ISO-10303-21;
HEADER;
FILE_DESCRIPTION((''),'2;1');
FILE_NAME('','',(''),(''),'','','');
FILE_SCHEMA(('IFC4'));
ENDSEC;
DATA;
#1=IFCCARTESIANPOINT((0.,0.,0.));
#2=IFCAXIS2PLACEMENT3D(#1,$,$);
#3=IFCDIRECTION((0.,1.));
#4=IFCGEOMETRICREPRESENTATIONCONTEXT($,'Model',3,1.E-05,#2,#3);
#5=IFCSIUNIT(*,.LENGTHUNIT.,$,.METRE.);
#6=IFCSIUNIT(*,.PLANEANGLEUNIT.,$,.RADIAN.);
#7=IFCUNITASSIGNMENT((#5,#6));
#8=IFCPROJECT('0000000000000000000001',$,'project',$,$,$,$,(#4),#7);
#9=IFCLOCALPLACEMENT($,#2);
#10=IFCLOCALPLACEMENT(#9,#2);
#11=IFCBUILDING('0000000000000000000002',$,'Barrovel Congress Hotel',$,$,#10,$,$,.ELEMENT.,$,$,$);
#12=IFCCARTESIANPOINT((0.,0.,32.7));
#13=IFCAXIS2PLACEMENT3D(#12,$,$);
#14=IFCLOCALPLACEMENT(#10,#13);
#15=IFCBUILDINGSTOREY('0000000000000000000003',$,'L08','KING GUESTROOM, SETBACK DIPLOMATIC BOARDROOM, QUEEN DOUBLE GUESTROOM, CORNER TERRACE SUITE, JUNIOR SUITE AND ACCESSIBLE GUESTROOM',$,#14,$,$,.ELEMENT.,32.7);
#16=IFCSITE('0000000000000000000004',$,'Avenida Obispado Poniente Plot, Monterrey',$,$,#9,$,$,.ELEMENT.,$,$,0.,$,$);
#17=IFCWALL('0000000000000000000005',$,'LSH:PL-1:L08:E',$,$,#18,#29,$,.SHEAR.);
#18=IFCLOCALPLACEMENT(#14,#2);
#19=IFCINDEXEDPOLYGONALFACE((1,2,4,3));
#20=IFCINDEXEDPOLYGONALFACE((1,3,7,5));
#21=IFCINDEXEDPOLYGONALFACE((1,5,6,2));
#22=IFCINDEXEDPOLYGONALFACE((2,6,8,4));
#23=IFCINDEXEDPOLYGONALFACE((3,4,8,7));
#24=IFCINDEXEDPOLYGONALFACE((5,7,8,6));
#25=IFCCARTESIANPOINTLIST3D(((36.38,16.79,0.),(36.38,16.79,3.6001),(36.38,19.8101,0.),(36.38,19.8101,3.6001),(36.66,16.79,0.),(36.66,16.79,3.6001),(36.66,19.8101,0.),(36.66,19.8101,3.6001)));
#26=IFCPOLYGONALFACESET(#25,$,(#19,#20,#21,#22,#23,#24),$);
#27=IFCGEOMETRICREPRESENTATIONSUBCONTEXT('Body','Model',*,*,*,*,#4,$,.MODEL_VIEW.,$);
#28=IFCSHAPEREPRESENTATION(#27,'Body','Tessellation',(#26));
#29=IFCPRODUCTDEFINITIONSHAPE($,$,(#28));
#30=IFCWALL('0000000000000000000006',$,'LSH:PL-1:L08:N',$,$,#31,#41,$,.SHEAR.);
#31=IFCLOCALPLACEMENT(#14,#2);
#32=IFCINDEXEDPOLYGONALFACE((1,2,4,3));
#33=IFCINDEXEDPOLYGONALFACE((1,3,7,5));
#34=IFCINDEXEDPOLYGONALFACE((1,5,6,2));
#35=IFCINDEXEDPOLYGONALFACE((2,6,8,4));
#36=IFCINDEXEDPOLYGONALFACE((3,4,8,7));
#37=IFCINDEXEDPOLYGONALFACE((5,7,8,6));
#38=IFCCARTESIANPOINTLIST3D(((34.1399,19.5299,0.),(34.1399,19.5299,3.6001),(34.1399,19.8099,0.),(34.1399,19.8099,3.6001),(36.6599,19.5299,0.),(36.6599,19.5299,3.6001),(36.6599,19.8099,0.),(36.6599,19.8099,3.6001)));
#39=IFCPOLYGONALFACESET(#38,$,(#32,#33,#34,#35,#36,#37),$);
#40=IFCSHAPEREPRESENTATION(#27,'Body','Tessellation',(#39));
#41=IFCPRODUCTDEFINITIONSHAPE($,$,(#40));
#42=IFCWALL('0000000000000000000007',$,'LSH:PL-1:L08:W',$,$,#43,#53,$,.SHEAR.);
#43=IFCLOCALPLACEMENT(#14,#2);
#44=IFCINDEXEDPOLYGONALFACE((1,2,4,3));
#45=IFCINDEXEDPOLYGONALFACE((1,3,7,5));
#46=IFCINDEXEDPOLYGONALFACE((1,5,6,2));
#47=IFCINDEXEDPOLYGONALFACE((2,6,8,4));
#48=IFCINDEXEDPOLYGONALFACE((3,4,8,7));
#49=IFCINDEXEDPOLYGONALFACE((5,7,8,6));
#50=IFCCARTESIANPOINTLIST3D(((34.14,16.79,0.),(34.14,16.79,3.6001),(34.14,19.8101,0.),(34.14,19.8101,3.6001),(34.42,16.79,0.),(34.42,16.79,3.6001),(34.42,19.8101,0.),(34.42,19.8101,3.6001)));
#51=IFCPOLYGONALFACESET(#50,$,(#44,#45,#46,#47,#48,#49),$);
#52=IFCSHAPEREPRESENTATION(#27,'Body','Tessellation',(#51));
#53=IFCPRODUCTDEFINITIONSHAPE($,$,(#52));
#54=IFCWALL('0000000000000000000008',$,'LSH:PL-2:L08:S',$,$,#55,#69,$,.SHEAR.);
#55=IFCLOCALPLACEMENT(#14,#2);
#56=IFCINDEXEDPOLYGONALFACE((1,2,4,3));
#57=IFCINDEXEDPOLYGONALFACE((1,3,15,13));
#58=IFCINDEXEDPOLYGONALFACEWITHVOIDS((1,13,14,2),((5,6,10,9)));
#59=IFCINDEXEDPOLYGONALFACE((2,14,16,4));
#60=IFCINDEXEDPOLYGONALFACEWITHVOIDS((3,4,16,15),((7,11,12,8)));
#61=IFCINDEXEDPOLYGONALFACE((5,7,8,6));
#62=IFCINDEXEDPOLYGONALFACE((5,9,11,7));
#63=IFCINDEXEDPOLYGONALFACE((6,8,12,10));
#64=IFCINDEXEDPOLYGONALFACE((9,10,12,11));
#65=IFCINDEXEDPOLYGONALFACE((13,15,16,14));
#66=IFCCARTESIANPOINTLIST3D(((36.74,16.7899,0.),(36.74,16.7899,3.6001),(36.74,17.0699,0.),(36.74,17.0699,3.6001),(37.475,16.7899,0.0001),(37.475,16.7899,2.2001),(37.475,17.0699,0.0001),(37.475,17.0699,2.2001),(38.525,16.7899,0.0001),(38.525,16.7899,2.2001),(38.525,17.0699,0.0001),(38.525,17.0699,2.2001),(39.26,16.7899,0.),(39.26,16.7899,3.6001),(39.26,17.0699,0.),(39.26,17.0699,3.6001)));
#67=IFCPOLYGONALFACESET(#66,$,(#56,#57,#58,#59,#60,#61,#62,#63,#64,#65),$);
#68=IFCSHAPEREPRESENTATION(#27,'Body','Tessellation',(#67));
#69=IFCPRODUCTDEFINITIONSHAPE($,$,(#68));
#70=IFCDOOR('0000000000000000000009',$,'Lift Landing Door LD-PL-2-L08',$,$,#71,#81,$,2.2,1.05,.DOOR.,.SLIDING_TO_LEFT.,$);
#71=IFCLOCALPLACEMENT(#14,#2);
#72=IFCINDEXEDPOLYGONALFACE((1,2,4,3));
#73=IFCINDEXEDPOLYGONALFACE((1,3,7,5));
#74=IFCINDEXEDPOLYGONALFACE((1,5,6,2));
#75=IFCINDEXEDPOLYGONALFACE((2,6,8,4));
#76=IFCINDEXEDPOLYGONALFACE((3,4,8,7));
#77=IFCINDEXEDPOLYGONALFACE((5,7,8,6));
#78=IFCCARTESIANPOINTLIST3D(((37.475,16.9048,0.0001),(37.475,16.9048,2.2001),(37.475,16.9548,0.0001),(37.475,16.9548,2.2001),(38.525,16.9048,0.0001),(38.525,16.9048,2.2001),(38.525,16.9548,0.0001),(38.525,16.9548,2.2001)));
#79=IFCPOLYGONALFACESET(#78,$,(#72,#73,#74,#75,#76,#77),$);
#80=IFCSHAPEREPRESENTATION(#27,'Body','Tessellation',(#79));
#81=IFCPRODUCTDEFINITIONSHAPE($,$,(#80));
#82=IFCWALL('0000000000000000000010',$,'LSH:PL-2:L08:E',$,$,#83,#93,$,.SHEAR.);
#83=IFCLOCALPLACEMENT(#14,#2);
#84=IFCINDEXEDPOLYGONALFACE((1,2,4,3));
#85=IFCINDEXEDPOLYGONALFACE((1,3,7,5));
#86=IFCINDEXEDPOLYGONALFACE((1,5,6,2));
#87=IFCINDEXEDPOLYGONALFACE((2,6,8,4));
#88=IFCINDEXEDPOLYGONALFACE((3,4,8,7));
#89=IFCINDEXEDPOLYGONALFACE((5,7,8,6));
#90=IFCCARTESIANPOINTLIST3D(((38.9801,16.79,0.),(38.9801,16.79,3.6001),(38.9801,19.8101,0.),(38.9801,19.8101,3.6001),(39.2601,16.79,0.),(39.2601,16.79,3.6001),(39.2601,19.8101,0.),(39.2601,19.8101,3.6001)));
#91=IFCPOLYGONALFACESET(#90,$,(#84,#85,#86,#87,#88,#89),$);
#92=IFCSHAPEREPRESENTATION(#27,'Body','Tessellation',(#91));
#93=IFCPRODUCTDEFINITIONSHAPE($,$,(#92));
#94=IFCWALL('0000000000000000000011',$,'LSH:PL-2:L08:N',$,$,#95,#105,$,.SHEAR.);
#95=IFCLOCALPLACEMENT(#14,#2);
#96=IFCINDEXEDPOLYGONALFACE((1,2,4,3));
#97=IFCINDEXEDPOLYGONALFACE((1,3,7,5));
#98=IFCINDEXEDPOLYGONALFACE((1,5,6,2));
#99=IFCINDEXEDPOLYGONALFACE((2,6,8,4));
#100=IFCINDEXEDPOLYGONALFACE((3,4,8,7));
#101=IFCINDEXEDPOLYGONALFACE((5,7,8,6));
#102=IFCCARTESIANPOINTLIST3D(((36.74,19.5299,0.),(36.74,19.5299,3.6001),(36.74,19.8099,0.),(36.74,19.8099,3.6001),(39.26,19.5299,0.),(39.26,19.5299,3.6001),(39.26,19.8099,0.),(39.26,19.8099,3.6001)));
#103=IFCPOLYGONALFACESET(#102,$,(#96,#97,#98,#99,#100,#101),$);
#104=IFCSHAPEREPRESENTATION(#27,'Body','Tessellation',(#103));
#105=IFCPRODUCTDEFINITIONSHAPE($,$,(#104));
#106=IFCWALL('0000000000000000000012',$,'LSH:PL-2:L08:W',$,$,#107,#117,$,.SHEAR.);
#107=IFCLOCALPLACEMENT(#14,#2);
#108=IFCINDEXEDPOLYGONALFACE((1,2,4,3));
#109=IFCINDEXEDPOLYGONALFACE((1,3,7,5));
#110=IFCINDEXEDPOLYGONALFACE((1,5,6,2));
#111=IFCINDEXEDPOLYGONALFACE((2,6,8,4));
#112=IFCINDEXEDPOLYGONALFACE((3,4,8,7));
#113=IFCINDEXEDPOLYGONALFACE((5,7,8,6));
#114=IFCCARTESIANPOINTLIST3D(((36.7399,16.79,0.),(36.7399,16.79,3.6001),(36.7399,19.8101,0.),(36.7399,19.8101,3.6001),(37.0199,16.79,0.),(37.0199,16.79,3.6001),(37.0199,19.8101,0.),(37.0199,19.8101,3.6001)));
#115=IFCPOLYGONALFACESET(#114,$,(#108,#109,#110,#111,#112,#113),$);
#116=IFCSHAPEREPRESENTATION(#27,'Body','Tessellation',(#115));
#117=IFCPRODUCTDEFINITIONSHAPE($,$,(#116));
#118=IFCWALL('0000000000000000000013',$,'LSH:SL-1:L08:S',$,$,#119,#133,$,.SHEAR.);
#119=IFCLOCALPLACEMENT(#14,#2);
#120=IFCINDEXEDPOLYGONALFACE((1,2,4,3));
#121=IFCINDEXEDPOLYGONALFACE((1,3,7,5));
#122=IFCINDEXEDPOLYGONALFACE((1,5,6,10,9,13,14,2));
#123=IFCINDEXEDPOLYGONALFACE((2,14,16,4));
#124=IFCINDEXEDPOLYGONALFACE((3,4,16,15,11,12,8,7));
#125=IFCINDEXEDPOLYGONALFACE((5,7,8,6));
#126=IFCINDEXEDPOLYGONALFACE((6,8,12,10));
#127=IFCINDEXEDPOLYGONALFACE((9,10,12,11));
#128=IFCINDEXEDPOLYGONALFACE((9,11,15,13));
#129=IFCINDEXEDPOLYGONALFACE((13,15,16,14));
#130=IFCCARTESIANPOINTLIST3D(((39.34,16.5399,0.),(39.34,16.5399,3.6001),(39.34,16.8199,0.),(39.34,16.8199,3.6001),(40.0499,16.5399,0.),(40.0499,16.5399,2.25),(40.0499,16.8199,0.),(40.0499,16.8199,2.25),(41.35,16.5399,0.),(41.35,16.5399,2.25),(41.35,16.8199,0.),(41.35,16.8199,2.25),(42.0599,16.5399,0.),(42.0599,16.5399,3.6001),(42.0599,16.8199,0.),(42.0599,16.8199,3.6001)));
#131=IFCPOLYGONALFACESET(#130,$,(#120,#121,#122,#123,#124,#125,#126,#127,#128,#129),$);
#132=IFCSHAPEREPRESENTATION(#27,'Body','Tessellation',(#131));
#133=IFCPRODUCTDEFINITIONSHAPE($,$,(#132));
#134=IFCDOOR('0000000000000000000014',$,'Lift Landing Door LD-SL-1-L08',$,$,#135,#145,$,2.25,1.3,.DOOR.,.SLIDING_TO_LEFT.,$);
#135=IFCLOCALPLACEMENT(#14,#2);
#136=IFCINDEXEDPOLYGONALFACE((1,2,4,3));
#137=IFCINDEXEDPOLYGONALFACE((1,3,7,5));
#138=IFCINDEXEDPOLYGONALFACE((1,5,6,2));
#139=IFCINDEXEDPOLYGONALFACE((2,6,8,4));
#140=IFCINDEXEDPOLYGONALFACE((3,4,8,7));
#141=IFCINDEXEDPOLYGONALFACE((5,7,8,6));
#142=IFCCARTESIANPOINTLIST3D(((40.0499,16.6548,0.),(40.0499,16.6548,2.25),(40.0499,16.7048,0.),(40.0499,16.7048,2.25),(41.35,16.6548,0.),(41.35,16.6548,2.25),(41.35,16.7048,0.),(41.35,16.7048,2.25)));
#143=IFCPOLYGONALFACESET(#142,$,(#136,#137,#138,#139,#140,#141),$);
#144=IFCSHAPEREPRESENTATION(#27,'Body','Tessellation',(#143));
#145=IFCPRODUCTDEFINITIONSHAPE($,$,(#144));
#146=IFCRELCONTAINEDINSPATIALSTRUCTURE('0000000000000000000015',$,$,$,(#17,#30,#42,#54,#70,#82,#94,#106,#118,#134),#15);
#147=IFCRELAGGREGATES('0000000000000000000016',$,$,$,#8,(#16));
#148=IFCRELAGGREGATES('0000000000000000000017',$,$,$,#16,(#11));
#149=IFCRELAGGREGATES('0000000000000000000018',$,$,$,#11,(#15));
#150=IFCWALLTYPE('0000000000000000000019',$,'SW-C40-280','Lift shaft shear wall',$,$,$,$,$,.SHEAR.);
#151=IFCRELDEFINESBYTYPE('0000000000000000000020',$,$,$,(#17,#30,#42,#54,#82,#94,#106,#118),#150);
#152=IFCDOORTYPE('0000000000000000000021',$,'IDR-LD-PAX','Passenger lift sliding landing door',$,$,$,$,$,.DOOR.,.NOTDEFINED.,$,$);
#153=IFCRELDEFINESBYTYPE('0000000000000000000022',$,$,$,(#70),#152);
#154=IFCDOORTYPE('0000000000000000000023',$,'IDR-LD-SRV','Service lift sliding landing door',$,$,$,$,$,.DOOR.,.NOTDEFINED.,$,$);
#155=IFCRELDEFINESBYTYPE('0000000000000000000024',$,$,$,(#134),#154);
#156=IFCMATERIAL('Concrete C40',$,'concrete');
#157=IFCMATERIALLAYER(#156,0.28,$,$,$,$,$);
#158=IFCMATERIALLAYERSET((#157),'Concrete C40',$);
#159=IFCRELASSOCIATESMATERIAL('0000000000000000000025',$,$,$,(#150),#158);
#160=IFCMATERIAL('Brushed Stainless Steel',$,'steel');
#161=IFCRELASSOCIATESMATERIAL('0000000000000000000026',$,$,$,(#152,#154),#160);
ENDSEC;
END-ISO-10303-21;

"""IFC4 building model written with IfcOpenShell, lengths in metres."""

from ifc_helpers import new_model, si_unit, direction, frame, frame_2d, origin, place, context, subcontext, project, spatial, rectangle, extrude, material, layer, layer_set, type_object, element, fill, save


model = new_model("IFC4")

# Units and contexts
model_context = context("Model", 3, precision=1e-05, world=origin(), true_north=direction((0.0, 1.0)))
body_context = subcontext(model_context, "Body", "Model", "MODEL_VIEW")
ifc_project = project(units=[si_unit("LENGTHUNIT", "METRE"), si_unit("PLANEANGLEUNIT", "RADIAN")], contexts=[model_context])

# Site, building, storey
site_placement = place(None, origin())
site = spatial("IfcSite", under=ifc_project, at=site_placement, Name="Avenida Obispado Poniente Plot, Monterrey", CompositionType="ELEMENT", RefElevation=0.0)
building_placement = place(site_placement, origin())
building = spatial("IfcBuilding", under=site, at=building_placement, Name="Barrovel Congress Hotel", CompositionType="ELEMENT")
storey_placement = place(building_placement, frame((0.0, 0.0, 32.7)))
storey = spatial("IfcBuildingStorey", under=building, at=storey_placement, Name="L08", Description="KING GUESTROOM, SETBACK DIPLOMATIC BOARDROOM, QUEEN DOUBLE GUESTROOM, CORNER TERRACE SUITE, JUNIOR SUITE AND ACCESSIBLE GUESTROOM", CompositionType="ELEMENT", Elevation=32.7)

# Shared definitions
ifc_material_1 = material(Name="Concrete C40", Category="concrete")

# Shared definitions
ifc_layer_1 = layer(ifc_material_1, 0.28)
ifc_layer_set_1 = layer_set([ifc_layer_1], Name="Concrete C40")
wall_type_1 = type_object("IfcWallType", Name="SW-C40-280", Description="Lift shaft shear wall", PredefinedType="SHEAR", material=ifc_layer_set_1)
ifc_material_2 = material(Name="Brushed Stainless Steel", Category="steel")
door_type_1 = type_object("IfcDoorType", Name="IDR-LD-PAX", Description="Passenger lift sliding landing door", OperationType="NOTDEFINED", PredefinedType="DOOR", material=ifc_material_2)

# Walls
wall_1_placement = place(storey_placement, frame((36.52, 16.79, 0.0), z_axis=(0.0, 0.0, 1.0), x_axis=(0.0, 1.0, 0.0)))
element("IfcWall", 1, at=wall_1_placement, inside=storey, type_object=wall_type_1, Name="LSH:PL-1:L08:E", PredefinedType="SHEAR", context=body_context, shape_type="SweptSolid", body=[
    extrude(rectangle(XDim=3.02, YDim=0.28, at=frame_2d((1.51, 0.0))), origin(), (0.0, 0.0, 1.0), 3.6001),
])
wall_2_placement = place(storey_placement, frame((36.6599, 19.6699, 0.0), z_axis=(0.0, 0.0, 1.0), x_axis=(-1.0, 0.0, 0.0)))
element("IfcWall", 2, at=wall_2_placement, inside=storey, type_object=wall_type_1, Name="LSH:PL-1:L08:N", PredefinedType="SHEAR", context=body_context, shape_type="SweptSolid", body=[
    extrude(rectangle(XDim=2.52, YDim=0.28, at=frame_2d((1.26, 0.0))), origin(), (0.0, 0.0, 1.0), 3.6001),
])
wall_3_placement = place(storey_placement, frame((34.28, 19.8101, 0.0), z_axis=(0.0, 0.0, 1.0), x_axis=(0.0, -1.0, 0.0)))
element("IfcWall", 3, at=wall_3_placement, inside=storey, type_object=wall_type_1, Name="LSH:PL-1:L08:W", PredefinedType="SHEAR", context=body_context, shape_type="SweptSolid", body=[
    extrude(rectangle(XDim=3.02, YDim=0.28, at=frame_2d((1.51, 0.0))), origin(), (0.0, 0.0, 1.0), 3.6001),
])

# Wall, opening, door
wall_4_placement = place(storey_placement, frame((36.74, 16.9299, 0.0), z_axis=(0.0, 0.0, 1.0), x_axis=(1.0, 0.0, 0.0)))
wall_4 = element("IfcWall", 4, at=wall_4_placement, inside=storey, type_object=wall_type_1, Name="LSH:PL-2:L08:S", PredefinedType="SHEAR", context=body_context, shape_type="SweptSolid", body=[
    extrude(rectangle(XDim=2.52, YDim=0.28, at=frame_2d((1.26, 0.0))), origin(), (0.0, 0.0, 1.0), 3.6001),
])
opening_1_placement = place(wall_4_placement, frame((0.7351, 0.0, 0.0)))
opening_1 = element("IfcOpeningElement", 5, at=opening_1_placement, cuts=wall_4, PredefinedType="OPENING", context=body_context, shape_type="SweptSolid", body=[
    extrude(rectangle(XDim=1.05, YDim=2.2, at=frame_2d((0.5249, 1.1001))), frame((0.0, 0.1499, 0.0), z_axis=(0.0, -1.0, 0.0), x_axis=(1.0, 0.0, 0.0)), (0.0, 0.0, 1.0), 0.3),
])
door_1_placement = place(opening_1_placement, origin())
door_1 = element("IfcDoor", 6, at=door_1_placement, inside=storey, type_object=door_type_1, Name="Lift Landing Door LD-PL-2-L08", OperationType="SLIDING_TO_LEFT", OverallHeight=2.2, OverallWidth=1.05, PredefinedType="DOOR", context=body_context, shape_type="SweptSolid", body=[
    extrude(rectangle(XDim=1.05, YDim=2.2, at=frame_2d((0.5249, 1.1001))), frame((0.0, 0.0249, 0.0), z_axis=(0.0, -1.0, 0.0), x_axis=(1.0, 0.0, 0.0)), (0.0, 0.0, 1.0), 0.05),
])
fill(opening_1, door_1)

# Walls
wall_5_placement = place(storey_placement, frame((39.1201, 16.79, 0.0), z_axis=(0.0, 0.0, 1.0), x_axis=(0.0, 1.0, 0.0)))
element("IfcWall", 7, at=wall_5_placement, inside=storey, type_object=wall_type_1, Name="LSH:PL-2:L08:E", PredefinedType="SHEAR", context=body_context, shape_type="SweptSolid", body=[
    extrude(rectangle(XDim=3.02, YDim=0.28, at=frame_2d((1.51, 0.0))), origin(), (0.0, 0.0, 1.0), 3.6001),
])
wall_6_placement = place(storey_placement, frame((39.26, 19.6699, 0.0), z_axis=(0.0, 0.0, 1.0), x_axis=(-1.0, 0.0, 0.0)))
element("IfcWall", 8, at=wall_6_placement, inside=storey, type_object=wall_type_1, Name="LSH:PL-2:L08:N", PredefinedType="SHEAR", context=body_context, shape_type="SweptSolid", body=[
    extrude(rectangle(XDim=2.52, YDim=0.28, at=frame_2d((1.26, 0.0))), origin(), (0.0, 0.0, 1.0), 3.6001),
])
wall_7_placement = place(storey_placement, frame((36.8799, 19.8101, 0.0), z_axis=(0.0, 0.0, 1.0), x_axis=(0.0, -1.0, 0.0)))
element("IfcWall", 9, at=wall_7_placement, inside=storey, type_object=wall_type_1, Name="LSH:PL-2:L08:W", PredefinedType="SHEAR", context=body_context, shape_type="SweptSolid", body=[
    extrude(rectangle(XDim=3.02, YDim=0.28, at=frame_2d((1.51, 0.0))), origin(), (0.0, 0.0, 1.0), 3.6001),
])

# Wall, opening, door
wall_8_placement = place(storey_placement, frame((39.3401, 16.6799, 0.0), z_axis=(0.0, 0.0, 1.0), x_axis=(1.0, 0.0, 0.0)))
wall_8 = element("IfcWall", 10, at=wall_8_placement, inside=storey, type_object=wall_type_1, Name="LSH:SL-1:L08:S", PredefinedType="SHEAR", context=body_context, shape_type="SweptSolid", body=[
    extrude(rectangle(XDim=2.72, YDim=0.28, at=frame_2d((1.3599, 0.0))), origin(), (0.0, 0.0, 1.0), 3.6001),
])
opening_2_placement = place(wall_8_placement, frame((0.71, 0.0, 0.0)))
opening_2 = element("IfcOpeningElement", 11, at=opening_2_placement, cuts=wall_8, PredefinedType="OPENING", context=body_context, shape_type="SweptSolid", body=[
    extrude(rectangle(XDim=1.3, YDim=2.25, at=frame_2d((0.6499, 1.125))), frame((0.0, 0.1499, 0.0), z_axis=(0.0, -1.0, 0.0), x_axis=(1.0, 0.0, 0.0)), (0.0, 0.0, 1.0), 0.3),
])
door_type_2 = type_object("IfcDoorType", Name="IDR-LD-SRV", Description="Service lift sliding landing door", OperationType="NOTDEFINED", PredefinedType="DOOR", material=ifc_material_2)
door_2_placement = place(opening_2_placement, origin())
door_2 = element("IfcDoor", 12, at=door_2_placement, inside=storey, type_object=door_type_2, Name="Lift Landing Door LD-SL-1-L08", OperationType="SLIDING_TO_LEFT", OverallHeight=2.25, OverallWidth=1.3, PredefinedType="DOOR", context=body_context, shape_type="SweptSolid", body=[
    extrude(rectangle(XDim=1.3, YDim=2.25, at=frame_2d((0.6499, 1.125))), frame((0.0, 0.0249, 0.0), z_axis=(0.0, -1.0, 0.0), x_axis=(1.0, 0.0, 0.0)), (0.0, 0.0, 1.0), 0.05),
])
fill(opening_2, door_2)

save(model, "model.ifc")
